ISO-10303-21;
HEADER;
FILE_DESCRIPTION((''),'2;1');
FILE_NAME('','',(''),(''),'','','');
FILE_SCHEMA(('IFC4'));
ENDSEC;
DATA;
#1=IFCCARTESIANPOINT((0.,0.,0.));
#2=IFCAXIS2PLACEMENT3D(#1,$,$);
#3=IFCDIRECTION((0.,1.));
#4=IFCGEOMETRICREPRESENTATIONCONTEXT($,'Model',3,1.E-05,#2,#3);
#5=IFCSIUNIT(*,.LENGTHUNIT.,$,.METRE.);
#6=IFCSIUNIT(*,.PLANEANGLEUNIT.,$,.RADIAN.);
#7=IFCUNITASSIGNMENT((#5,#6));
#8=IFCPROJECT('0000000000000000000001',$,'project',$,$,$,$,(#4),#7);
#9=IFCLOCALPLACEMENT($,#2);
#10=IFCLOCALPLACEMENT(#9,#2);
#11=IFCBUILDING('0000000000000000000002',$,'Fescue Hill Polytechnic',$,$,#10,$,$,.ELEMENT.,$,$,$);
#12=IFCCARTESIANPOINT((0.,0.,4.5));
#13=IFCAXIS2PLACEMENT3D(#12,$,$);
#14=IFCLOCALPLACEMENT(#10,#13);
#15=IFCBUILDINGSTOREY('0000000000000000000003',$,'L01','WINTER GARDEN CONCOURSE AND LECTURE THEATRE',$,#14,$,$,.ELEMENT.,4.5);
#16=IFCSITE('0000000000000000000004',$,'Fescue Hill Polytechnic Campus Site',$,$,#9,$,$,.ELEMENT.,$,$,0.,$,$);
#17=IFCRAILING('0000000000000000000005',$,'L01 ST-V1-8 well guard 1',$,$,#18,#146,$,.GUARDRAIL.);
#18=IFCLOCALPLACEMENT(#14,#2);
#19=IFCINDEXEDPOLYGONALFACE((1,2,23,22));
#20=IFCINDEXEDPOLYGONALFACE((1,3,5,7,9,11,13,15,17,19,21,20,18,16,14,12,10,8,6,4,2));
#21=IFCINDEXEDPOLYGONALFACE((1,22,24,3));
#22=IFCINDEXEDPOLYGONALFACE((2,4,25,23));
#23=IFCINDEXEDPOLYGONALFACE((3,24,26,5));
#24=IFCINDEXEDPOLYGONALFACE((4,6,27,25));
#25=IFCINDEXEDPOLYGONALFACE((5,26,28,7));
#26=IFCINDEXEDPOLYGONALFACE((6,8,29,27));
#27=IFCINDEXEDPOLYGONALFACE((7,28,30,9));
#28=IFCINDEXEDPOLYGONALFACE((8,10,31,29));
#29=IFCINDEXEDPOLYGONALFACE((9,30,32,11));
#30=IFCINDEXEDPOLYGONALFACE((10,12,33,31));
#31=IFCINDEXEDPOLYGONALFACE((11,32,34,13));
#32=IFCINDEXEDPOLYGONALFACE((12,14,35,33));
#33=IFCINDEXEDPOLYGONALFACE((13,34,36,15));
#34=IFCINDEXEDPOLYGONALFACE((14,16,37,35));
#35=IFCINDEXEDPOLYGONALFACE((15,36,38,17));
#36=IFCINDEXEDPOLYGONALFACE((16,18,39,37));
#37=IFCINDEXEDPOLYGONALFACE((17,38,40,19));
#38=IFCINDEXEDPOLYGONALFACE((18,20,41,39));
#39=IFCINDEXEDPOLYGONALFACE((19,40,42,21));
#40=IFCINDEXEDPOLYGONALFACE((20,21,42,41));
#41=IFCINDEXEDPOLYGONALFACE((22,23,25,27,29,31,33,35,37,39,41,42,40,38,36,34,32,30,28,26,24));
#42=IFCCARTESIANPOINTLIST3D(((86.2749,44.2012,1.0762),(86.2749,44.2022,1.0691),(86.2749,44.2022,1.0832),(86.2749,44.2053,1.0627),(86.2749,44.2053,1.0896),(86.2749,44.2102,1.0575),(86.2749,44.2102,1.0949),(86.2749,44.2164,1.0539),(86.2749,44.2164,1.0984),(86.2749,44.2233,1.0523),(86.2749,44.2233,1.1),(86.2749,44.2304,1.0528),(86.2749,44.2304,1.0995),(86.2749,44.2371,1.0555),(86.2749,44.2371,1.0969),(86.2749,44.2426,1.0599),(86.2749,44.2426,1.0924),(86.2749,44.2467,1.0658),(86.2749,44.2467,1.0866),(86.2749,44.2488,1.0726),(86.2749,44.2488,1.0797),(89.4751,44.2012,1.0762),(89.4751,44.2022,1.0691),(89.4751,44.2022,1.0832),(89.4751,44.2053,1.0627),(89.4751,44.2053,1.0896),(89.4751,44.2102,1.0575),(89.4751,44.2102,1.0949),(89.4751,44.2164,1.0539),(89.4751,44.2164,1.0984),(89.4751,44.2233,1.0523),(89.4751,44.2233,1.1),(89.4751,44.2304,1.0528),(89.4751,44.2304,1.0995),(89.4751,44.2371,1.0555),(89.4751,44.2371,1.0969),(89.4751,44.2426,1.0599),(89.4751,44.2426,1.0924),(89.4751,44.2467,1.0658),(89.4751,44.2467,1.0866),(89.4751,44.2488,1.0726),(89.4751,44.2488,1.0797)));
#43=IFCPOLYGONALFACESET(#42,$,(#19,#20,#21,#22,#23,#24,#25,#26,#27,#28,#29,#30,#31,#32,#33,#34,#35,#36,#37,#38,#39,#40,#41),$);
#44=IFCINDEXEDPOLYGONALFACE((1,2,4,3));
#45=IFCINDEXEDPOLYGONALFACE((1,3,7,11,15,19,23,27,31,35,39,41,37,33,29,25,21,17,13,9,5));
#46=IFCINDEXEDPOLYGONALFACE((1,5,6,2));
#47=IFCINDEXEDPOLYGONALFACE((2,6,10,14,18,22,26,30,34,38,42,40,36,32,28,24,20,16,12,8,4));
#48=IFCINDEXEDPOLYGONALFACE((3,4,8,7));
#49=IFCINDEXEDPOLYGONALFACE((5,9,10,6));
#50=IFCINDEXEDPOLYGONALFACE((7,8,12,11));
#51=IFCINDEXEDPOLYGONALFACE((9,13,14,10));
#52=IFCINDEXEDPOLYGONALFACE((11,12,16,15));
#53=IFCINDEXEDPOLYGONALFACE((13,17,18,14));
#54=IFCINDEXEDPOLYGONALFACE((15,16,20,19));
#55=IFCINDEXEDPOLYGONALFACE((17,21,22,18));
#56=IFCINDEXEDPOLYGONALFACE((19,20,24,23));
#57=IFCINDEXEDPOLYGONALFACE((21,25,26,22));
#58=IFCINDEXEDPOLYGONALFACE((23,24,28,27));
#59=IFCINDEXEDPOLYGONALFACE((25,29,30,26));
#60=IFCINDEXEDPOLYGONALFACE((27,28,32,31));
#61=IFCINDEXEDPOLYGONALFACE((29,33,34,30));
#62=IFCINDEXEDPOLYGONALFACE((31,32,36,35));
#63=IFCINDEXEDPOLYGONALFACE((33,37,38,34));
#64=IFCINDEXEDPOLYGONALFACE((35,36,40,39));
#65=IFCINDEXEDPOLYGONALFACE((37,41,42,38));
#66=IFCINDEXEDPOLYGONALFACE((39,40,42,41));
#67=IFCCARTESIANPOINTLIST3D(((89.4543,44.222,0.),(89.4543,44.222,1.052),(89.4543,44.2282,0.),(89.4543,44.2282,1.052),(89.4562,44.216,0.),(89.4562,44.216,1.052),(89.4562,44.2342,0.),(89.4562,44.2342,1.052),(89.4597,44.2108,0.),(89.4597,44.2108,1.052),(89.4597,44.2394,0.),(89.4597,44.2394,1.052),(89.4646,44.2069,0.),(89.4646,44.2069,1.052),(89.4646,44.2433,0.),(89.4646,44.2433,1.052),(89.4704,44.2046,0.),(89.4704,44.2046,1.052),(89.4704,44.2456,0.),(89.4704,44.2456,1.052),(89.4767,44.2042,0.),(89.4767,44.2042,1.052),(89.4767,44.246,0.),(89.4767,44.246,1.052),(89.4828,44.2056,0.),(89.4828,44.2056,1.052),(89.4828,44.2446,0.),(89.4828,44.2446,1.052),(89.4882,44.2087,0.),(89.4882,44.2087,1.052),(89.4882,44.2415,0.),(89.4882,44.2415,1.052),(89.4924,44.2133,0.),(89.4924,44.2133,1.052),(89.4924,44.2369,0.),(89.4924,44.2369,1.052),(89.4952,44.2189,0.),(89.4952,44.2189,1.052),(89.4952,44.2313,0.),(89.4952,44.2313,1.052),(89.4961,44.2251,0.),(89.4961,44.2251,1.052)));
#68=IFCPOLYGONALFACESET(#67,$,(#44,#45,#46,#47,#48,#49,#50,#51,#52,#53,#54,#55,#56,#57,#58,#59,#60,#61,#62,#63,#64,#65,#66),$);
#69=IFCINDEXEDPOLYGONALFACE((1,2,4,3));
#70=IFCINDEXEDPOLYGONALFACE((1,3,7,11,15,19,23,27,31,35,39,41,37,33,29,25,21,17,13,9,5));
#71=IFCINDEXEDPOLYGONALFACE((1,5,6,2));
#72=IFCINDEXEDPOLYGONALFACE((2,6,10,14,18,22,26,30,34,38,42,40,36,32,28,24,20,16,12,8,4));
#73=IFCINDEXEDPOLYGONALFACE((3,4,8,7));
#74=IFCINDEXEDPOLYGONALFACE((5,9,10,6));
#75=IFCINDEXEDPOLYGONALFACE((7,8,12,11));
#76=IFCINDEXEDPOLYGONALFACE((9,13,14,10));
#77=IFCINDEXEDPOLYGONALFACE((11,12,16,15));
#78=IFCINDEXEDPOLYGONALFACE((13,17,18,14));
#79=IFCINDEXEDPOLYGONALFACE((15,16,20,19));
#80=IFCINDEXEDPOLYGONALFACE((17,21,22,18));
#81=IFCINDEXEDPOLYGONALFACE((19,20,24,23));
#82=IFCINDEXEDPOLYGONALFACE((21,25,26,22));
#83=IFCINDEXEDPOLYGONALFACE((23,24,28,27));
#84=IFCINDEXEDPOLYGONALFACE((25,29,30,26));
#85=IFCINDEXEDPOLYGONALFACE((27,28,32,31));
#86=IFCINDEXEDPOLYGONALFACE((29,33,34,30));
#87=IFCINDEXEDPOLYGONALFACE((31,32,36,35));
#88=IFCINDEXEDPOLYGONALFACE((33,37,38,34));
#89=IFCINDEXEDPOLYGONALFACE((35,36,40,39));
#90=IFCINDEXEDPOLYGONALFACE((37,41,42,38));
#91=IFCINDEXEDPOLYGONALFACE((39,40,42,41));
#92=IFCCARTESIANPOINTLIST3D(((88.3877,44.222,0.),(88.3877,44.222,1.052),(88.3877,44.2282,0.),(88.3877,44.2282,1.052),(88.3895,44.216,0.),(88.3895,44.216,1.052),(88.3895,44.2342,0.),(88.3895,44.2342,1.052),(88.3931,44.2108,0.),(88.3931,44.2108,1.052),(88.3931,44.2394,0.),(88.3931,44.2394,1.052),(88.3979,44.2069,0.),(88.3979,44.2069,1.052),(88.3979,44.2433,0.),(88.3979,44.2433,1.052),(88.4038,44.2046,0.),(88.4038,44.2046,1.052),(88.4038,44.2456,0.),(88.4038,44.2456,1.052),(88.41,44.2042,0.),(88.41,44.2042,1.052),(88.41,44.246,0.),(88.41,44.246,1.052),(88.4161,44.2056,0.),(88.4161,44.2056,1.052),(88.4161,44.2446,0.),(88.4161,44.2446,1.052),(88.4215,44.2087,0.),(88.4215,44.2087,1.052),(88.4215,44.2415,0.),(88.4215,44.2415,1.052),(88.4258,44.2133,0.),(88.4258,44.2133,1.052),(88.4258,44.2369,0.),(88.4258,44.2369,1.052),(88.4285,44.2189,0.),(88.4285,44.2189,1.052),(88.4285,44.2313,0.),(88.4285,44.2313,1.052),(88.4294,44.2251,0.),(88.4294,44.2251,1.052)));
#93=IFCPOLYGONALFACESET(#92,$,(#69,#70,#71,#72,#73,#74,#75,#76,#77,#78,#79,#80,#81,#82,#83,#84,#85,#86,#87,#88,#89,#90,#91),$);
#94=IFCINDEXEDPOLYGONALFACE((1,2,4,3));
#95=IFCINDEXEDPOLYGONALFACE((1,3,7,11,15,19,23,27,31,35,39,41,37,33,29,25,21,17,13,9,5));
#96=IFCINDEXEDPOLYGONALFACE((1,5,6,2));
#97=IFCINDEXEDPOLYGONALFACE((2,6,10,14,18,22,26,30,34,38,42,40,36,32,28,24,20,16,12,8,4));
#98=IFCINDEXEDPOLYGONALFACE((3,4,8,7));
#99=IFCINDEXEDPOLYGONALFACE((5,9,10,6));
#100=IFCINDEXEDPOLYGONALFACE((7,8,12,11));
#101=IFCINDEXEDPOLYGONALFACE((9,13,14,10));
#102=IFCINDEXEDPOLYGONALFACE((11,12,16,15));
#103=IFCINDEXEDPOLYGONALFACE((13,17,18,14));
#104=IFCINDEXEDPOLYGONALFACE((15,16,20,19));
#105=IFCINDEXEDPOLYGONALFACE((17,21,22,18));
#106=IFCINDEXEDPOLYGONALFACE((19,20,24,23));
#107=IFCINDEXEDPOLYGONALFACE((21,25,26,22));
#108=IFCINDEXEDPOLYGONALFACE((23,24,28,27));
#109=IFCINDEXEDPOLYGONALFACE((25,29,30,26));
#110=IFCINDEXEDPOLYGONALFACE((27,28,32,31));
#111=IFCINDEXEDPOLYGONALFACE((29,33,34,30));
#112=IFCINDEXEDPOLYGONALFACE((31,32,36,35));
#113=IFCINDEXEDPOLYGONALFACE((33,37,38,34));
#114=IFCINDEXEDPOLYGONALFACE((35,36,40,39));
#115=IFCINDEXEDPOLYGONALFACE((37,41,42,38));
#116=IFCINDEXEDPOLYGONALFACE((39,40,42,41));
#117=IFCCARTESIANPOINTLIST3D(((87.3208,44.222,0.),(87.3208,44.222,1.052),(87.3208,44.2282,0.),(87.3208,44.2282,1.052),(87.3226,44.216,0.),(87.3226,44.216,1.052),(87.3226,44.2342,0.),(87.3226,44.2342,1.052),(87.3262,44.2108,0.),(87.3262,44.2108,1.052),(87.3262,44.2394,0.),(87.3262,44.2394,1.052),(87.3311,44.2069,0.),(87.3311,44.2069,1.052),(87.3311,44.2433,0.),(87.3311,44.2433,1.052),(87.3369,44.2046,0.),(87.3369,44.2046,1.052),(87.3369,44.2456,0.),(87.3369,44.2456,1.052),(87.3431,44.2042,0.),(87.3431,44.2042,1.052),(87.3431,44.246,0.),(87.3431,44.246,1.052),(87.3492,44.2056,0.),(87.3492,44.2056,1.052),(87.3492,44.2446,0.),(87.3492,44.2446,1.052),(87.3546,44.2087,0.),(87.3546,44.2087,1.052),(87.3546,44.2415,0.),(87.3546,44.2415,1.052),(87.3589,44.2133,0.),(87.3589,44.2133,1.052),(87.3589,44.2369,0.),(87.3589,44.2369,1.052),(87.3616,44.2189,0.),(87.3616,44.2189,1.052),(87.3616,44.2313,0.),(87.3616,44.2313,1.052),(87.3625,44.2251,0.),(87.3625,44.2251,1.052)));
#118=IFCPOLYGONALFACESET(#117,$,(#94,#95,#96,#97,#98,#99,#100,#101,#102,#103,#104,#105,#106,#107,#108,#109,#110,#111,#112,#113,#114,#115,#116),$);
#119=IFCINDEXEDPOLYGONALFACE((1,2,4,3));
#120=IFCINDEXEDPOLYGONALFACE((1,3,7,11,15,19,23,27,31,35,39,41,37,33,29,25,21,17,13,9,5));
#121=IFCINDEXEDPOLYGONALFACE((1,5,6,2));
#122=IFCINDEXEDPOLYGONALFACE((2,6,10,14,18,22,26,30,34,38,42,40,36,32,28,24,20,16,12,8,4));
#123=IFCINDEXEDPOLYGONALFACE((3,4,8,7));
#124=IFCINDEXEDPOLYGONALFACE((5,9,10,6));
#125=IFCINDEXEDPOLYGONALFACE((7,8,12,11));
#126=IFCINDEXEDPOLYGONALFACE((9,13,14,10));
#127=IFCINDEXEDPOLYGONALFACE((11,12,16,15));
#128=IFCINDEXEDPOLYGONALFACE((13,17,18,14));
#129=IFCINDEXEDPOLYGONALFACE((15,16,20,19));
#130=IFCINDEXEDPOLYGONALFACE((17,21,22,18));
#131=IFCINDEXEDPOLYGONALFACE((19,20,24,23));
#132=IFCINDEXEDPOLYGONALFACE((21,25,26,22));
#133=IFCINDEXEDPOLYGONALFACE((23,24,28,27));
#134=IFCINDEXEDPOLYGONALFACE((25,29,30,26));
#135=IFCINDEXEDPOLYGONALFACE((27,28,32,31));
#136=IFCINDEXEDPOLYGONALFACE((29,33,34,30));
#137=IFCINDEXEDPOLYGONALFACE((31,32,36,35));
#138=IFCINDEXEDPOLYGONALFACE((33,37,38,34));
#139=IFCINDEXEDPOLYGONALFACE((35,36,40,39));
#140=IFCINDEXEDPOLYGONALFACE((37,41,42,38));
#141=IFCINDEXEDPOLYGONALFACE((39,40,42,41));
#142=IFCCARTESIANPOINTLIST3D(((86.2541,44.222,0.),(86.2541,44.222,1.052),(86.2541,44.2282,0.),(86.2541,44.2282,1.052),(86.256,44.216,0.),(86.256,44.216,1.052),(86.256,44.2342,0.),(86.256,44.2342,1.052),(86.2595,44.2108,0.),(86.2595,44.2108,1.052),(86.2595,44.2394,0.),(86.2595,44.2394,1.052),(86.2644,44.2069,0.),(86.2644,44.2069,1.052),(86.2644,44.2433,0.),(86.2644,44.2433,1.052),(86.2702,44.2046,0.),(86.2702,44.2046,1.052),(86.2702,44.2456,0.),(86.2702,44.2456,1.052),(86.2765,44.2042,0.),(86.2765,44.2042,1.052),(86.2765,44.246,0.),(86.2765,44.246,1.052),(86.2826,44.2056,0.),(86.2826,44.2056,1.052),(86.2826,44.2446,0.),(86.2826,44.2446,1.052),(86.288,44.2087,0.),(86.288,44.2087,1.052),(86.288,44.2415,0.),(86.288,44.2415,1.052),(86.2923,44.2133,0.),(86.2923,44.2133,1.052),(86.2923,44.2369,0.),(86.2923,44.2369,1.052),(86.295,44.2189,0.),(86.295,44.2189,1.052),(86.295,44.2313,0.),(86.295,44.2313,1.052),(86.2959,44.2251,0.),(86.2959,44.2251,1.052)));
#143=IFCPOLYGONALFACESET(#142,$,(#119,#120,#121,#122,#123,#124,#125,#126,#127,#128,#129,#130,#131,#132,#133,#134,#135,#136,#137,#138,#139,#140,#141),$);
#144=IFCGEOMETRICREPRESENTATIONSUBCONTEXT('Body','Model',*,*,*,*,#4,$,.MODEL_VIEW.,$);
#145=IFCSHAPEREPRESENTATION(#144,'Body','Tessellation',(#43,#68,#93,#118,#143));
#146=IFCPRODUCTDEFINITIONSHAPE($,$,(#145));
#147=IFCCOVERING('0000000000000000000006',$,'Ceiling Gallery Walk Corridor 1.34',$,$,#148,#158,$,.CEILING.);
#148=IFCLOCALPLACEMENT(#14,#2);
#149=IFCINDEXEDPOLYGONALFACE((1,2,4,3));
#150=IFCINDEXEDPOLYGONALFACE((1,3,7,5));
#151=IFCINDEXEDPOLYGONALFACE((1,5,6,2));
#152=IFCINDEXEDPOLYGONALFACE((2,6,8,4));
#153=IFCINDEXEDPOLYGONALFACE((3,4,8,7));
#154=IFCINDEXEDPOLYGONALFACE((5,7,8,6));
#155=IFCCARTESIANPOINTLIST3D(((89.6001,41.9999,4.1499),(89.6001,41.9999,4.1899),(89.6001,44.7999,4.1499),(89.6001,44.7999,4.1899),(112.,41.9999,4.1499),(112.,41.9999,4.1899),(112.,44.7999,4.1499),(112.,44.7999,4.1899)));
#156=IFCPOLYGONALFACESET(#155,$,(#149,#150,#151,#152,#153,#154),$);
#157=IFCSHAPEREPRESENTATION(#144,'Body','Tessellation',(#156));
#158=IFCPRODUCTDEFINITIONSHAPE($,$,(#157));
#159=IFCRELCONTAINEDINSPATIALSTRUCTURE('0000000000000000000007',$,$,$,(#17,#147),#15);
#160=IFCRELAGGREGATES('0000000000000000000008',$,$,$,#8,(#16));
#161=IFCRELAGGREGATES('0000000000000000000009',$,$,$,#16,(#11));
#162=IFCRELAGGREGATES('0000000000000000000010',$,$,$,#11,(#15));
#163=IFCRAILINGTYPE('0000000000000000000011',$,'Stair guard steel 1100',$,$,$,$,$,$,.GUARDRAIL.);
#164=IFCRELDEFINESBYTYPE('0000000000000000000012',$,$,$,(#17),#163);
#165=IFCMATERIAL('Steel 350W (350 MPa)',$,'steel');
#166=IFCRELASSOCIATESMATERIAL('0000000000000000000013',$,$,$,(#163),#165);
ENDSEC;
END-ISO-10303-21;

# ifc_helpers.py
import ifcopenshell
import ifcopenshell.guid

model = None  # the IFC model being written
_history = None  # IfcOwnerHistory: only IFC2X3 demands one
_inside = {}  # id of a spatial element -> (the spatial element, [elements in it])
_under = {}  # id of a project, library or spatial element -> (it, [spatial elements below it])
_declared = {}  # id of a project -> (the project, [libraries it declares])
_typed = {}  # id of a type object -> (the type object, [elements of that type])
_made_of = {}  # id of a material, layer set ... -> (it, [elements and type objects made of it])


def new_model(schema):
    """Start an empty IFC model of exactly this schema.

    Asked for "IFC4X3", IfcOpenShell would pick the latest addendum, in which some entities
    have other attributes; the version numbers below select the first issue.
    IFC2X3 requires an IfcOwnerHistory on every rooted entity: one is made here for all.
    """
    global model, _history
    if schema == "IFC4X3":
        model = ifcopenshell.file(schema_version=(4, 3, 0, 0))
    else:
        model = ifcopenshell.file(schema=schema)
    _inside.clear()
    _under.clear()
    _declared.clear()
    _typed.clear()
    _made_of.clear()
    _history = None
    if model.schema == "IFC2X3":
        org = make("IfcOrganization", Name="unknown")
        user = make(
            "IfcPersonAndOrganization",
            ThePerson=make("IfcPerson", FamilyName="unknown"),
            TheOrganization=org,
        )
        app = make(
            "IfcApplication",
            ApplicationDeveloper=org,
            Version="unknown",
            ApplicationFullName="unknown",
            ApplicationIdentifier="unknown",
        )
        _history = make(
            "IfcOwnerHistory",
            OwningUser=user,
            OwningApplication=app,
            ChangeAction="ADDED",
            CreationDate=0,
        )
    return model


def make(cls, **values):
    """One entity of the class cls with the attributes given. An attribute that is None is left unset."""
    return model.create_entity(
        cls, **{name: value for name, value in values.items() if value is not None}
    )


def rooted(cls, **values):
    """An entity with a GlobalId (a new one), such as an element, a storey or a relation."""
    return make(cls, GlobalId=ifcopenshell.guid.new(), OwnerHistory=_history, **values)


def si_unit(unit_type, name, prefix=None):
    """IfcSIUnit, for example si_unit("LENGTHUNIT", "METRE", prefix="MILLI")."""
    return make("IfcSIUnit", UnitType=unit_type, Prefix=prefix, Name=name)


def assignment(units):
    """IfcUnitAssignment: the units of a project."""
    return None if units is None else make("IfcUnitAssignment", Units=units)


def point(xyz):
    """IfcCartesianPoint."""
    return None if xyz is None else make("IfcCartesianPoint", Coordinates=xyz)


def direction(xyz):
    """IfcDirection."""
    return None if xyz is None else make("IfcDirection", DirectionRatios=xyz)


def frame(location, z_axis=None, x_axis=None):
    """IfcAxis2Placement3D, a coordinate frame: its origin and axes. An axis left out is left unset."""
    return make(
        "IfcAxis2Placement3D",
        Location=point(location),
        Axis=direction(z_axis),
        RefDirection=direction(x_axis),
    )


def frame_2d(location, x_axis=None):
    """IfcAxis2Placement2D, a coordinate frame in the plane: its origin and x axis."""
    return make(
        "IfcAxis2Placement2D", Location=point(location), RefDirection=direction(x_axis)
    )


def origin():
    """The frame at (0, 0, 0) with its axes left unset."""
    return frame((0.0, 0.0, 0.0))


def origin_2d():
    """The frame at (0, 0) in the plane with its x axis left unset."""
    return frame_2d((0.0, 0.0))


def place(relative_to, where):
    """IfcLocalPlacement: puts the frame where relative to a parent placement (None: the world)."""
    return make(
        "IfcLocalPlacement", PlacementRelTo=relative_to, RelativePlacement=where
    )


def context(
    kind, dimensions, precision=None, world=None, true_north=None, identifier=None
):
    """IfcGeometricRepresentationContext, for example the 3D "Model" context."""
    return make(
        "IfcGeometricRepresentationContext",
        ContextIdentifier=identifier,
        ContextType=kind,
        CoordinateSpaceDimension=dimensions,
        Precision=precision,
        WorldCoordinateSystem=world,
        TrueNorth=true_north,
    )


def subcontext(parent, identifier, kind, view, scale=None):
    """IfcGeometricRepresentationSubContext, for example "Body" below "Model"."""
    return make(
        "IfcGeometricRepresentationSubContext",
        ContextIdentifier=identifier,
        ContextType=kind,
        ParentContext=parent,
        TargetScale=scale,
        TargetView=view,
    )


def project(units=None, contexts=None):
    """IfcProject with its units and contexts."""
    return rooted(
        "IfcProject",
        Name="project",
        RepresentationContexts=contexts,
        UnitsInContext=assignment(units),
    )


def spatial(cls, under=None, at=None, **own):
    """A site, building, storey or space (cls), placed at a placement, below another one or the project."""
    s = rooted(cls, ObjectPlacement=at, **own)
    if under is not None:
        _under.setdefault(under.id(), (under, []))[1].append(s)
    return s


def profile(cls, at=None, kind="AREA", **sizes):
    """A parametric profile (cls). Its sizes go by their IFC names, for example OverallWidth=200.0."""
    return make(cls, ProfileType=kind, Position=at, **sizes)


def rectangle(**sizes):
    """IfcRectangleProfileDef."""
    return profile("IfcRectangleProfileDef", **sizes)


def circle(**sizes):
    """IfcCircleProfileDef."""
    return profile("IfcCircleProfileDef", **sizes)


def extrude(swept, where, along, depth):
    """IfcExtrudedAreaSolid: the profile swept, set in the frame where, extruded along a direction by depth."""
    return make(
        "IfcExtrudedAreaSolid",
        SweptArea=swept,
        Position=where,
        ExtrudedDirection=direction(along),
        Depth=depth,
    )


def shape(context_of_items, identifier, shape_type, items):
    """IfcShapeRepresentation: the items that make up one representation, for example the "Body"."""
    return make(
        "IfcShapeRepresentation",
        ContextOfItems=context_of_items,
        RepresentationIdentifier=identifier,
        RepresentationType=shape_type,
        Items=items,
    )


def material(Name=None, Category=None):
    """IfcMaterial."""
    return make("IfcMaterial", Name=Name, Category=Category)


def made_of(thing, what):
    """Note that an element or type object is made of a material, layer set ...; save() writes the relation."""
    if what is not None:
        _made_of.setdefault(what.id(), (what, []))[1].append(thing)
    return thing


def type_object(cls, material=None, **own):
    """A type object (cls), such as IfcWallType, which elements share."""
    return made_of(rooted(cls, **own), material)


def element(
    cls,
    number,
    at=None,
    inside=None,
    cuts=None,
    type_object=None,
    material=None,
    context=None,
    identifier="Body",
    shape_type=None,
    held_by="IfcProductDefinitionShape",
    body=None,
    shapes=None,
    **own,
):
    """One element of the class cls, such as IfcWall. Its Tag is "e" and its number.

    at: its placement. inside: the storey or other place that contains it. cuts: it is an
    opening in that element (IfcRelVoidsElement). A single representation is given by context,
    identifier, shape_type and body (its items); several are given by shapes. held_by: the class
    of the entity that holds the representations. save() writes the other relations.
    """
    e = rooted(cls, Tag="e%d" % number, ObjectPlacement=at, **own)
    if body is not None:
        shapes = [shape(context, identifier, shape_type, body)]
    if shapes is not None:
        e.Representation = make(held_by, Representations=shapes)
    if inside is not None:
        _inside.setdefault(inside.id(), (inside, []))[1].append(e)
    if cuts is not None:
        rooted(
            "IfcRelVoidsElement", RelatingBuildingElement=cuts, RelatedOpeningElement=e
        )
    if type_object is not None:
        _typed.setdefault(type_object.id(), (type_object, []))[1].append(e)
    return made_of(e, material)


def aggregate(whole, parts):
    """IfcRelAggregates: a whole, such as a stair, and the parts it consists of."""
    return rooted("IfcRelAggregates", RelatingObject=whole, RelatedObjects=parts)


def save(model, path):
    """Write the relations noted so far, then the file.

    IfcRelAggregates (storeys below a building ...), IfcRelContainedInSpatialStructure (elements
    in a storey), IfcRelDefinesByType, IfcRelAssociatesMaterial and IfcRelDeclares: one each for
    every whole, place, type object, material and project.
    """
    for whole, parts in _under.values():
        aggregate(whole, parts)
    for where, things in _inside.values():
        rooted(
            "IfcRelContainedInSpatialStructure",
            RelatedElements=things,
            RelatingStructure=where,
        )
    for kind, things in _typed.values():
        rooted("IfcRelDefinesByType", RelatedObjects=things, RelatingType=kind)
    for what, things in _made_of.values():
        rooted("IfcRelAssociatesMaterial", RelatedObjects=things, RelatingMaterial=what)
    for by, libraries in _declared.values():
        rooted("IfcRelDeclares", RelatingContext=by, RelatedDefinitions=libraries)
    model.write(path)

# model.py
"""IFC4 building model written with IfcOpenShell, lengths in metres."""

from ifc_helpers import new_model, si_unit, direction, frame, origin, origin_2d, place, context, subcontext, project, spatial, rectangle, circle, extrude, material, type_object, element, save


model = new_model("IFC4")

# Units and contexts
model_context = context("Model", 3, precision=1e-05, world=origin(), true_north=direction((0.0, 1.0)))
body_context = subcontext(model_context, "Body", "Model", "MODEL_VIEW")
ifc_project = project(units=[si_unit("LENGTHUNIT", "METRE"), si_unit("PLANEANGLEUNIT", "RADIAN")], contexts=[model_context])

# Site, building, storey
site_placement = place(None, origin())
site = spatial("IfcSite", under=ifc_project, at=site_placement, Name="Fescue Hill Polytechnic Campus Site", CompositionType="ELEMENT", RefElevation=0.0)
building_placement = place(site_placement, origin())
building = spatial("IfcBuilding", under=site, at=building_placement, Name="Fescue Hill Polytechnic", CompositionType="ELEMENT")
storey_placement = place(building_placement, frame((0.0, 0.0, 4.5)))
storey = spatial("IfcBuildingStorey", under=building, at=storey_placement, Name="L01", Description="WINTER GARDEN CONCOURSE AND LECTURE THEATRE", CompositionType="ELEMENT", Elevation=4.5)

# Shared definitions
ifc_material_1 = material(Name="Steel 350W (350 MPa)", Category="steel")

# Railing
railing_type_1 = type_object("IfcRailingType", Name="Stair guard steel 1100", PredefinedType="GUARDRAIL", material=ifc_material_1)
railing_1_placement = place(storey_placement, frame((89.4751, 44.2251, 0.0)))
element("IfcRailing", 1, at=railing_1_placement, inside=storey, type_object=railing_type_1, Name="L01 ST-V1-8 well guard 1", PredefinedType="GUARDRAIL", context=body_context, shape_type="SweptSolid", body=[
    extrude(circle(Radius=0.0239, at=origin_2d()), frame((0.0, 0.0, 1.0762), z_axis=(-1.0, 0.0, 0.0), x_axis=(0.0, -1.0, 0.0)), (0.0, 0.0, 1.0), 3.2002),
    extrude(circle(Radius=0.021, at=origin_2d()), origin(), (0.0, 0.0, 1.0), 1.052),
    extrude(circle(Radius=0.021, at=origin_2d()), frame((-1.0667, 0.0, 0.0)), (0.0, 0.0, 1.0), 1.052),
    extrude(circle(Radius=0.021, at=origin_2d()), frame((-2.1335, 0.0, 0.0)), (0.0, 0.0, 1.0), 1.052),
    extrude(circle(Radius=0.021, at=origin_2d()), frame((-3.2002, 0.0, 0.0)), (0.0, 0.0, 1.0), 1.052),
])

# Covering
covering_placement = place(storey_placement, frame((100.8, 43.3999, 4.1499), z_axis=(0.0, 0.0, 1.0), x_axis=(1.0, 0.0, 0.0)))
element("IfcCovering", 2, at=covering_placement, inside=storey, Name="Ceiling Gallery Walk Corridor 1.34", PredefinedType="CEILING", context=body_context, shape_type="SweptSolid", body=[
    extrude(rectangle(XDim=22.3999, YDim=2.8, at=origin_2d()), origin(), (0.0, 0.0, 1.0), 0.04),
])

save(model, "model.ifc")
